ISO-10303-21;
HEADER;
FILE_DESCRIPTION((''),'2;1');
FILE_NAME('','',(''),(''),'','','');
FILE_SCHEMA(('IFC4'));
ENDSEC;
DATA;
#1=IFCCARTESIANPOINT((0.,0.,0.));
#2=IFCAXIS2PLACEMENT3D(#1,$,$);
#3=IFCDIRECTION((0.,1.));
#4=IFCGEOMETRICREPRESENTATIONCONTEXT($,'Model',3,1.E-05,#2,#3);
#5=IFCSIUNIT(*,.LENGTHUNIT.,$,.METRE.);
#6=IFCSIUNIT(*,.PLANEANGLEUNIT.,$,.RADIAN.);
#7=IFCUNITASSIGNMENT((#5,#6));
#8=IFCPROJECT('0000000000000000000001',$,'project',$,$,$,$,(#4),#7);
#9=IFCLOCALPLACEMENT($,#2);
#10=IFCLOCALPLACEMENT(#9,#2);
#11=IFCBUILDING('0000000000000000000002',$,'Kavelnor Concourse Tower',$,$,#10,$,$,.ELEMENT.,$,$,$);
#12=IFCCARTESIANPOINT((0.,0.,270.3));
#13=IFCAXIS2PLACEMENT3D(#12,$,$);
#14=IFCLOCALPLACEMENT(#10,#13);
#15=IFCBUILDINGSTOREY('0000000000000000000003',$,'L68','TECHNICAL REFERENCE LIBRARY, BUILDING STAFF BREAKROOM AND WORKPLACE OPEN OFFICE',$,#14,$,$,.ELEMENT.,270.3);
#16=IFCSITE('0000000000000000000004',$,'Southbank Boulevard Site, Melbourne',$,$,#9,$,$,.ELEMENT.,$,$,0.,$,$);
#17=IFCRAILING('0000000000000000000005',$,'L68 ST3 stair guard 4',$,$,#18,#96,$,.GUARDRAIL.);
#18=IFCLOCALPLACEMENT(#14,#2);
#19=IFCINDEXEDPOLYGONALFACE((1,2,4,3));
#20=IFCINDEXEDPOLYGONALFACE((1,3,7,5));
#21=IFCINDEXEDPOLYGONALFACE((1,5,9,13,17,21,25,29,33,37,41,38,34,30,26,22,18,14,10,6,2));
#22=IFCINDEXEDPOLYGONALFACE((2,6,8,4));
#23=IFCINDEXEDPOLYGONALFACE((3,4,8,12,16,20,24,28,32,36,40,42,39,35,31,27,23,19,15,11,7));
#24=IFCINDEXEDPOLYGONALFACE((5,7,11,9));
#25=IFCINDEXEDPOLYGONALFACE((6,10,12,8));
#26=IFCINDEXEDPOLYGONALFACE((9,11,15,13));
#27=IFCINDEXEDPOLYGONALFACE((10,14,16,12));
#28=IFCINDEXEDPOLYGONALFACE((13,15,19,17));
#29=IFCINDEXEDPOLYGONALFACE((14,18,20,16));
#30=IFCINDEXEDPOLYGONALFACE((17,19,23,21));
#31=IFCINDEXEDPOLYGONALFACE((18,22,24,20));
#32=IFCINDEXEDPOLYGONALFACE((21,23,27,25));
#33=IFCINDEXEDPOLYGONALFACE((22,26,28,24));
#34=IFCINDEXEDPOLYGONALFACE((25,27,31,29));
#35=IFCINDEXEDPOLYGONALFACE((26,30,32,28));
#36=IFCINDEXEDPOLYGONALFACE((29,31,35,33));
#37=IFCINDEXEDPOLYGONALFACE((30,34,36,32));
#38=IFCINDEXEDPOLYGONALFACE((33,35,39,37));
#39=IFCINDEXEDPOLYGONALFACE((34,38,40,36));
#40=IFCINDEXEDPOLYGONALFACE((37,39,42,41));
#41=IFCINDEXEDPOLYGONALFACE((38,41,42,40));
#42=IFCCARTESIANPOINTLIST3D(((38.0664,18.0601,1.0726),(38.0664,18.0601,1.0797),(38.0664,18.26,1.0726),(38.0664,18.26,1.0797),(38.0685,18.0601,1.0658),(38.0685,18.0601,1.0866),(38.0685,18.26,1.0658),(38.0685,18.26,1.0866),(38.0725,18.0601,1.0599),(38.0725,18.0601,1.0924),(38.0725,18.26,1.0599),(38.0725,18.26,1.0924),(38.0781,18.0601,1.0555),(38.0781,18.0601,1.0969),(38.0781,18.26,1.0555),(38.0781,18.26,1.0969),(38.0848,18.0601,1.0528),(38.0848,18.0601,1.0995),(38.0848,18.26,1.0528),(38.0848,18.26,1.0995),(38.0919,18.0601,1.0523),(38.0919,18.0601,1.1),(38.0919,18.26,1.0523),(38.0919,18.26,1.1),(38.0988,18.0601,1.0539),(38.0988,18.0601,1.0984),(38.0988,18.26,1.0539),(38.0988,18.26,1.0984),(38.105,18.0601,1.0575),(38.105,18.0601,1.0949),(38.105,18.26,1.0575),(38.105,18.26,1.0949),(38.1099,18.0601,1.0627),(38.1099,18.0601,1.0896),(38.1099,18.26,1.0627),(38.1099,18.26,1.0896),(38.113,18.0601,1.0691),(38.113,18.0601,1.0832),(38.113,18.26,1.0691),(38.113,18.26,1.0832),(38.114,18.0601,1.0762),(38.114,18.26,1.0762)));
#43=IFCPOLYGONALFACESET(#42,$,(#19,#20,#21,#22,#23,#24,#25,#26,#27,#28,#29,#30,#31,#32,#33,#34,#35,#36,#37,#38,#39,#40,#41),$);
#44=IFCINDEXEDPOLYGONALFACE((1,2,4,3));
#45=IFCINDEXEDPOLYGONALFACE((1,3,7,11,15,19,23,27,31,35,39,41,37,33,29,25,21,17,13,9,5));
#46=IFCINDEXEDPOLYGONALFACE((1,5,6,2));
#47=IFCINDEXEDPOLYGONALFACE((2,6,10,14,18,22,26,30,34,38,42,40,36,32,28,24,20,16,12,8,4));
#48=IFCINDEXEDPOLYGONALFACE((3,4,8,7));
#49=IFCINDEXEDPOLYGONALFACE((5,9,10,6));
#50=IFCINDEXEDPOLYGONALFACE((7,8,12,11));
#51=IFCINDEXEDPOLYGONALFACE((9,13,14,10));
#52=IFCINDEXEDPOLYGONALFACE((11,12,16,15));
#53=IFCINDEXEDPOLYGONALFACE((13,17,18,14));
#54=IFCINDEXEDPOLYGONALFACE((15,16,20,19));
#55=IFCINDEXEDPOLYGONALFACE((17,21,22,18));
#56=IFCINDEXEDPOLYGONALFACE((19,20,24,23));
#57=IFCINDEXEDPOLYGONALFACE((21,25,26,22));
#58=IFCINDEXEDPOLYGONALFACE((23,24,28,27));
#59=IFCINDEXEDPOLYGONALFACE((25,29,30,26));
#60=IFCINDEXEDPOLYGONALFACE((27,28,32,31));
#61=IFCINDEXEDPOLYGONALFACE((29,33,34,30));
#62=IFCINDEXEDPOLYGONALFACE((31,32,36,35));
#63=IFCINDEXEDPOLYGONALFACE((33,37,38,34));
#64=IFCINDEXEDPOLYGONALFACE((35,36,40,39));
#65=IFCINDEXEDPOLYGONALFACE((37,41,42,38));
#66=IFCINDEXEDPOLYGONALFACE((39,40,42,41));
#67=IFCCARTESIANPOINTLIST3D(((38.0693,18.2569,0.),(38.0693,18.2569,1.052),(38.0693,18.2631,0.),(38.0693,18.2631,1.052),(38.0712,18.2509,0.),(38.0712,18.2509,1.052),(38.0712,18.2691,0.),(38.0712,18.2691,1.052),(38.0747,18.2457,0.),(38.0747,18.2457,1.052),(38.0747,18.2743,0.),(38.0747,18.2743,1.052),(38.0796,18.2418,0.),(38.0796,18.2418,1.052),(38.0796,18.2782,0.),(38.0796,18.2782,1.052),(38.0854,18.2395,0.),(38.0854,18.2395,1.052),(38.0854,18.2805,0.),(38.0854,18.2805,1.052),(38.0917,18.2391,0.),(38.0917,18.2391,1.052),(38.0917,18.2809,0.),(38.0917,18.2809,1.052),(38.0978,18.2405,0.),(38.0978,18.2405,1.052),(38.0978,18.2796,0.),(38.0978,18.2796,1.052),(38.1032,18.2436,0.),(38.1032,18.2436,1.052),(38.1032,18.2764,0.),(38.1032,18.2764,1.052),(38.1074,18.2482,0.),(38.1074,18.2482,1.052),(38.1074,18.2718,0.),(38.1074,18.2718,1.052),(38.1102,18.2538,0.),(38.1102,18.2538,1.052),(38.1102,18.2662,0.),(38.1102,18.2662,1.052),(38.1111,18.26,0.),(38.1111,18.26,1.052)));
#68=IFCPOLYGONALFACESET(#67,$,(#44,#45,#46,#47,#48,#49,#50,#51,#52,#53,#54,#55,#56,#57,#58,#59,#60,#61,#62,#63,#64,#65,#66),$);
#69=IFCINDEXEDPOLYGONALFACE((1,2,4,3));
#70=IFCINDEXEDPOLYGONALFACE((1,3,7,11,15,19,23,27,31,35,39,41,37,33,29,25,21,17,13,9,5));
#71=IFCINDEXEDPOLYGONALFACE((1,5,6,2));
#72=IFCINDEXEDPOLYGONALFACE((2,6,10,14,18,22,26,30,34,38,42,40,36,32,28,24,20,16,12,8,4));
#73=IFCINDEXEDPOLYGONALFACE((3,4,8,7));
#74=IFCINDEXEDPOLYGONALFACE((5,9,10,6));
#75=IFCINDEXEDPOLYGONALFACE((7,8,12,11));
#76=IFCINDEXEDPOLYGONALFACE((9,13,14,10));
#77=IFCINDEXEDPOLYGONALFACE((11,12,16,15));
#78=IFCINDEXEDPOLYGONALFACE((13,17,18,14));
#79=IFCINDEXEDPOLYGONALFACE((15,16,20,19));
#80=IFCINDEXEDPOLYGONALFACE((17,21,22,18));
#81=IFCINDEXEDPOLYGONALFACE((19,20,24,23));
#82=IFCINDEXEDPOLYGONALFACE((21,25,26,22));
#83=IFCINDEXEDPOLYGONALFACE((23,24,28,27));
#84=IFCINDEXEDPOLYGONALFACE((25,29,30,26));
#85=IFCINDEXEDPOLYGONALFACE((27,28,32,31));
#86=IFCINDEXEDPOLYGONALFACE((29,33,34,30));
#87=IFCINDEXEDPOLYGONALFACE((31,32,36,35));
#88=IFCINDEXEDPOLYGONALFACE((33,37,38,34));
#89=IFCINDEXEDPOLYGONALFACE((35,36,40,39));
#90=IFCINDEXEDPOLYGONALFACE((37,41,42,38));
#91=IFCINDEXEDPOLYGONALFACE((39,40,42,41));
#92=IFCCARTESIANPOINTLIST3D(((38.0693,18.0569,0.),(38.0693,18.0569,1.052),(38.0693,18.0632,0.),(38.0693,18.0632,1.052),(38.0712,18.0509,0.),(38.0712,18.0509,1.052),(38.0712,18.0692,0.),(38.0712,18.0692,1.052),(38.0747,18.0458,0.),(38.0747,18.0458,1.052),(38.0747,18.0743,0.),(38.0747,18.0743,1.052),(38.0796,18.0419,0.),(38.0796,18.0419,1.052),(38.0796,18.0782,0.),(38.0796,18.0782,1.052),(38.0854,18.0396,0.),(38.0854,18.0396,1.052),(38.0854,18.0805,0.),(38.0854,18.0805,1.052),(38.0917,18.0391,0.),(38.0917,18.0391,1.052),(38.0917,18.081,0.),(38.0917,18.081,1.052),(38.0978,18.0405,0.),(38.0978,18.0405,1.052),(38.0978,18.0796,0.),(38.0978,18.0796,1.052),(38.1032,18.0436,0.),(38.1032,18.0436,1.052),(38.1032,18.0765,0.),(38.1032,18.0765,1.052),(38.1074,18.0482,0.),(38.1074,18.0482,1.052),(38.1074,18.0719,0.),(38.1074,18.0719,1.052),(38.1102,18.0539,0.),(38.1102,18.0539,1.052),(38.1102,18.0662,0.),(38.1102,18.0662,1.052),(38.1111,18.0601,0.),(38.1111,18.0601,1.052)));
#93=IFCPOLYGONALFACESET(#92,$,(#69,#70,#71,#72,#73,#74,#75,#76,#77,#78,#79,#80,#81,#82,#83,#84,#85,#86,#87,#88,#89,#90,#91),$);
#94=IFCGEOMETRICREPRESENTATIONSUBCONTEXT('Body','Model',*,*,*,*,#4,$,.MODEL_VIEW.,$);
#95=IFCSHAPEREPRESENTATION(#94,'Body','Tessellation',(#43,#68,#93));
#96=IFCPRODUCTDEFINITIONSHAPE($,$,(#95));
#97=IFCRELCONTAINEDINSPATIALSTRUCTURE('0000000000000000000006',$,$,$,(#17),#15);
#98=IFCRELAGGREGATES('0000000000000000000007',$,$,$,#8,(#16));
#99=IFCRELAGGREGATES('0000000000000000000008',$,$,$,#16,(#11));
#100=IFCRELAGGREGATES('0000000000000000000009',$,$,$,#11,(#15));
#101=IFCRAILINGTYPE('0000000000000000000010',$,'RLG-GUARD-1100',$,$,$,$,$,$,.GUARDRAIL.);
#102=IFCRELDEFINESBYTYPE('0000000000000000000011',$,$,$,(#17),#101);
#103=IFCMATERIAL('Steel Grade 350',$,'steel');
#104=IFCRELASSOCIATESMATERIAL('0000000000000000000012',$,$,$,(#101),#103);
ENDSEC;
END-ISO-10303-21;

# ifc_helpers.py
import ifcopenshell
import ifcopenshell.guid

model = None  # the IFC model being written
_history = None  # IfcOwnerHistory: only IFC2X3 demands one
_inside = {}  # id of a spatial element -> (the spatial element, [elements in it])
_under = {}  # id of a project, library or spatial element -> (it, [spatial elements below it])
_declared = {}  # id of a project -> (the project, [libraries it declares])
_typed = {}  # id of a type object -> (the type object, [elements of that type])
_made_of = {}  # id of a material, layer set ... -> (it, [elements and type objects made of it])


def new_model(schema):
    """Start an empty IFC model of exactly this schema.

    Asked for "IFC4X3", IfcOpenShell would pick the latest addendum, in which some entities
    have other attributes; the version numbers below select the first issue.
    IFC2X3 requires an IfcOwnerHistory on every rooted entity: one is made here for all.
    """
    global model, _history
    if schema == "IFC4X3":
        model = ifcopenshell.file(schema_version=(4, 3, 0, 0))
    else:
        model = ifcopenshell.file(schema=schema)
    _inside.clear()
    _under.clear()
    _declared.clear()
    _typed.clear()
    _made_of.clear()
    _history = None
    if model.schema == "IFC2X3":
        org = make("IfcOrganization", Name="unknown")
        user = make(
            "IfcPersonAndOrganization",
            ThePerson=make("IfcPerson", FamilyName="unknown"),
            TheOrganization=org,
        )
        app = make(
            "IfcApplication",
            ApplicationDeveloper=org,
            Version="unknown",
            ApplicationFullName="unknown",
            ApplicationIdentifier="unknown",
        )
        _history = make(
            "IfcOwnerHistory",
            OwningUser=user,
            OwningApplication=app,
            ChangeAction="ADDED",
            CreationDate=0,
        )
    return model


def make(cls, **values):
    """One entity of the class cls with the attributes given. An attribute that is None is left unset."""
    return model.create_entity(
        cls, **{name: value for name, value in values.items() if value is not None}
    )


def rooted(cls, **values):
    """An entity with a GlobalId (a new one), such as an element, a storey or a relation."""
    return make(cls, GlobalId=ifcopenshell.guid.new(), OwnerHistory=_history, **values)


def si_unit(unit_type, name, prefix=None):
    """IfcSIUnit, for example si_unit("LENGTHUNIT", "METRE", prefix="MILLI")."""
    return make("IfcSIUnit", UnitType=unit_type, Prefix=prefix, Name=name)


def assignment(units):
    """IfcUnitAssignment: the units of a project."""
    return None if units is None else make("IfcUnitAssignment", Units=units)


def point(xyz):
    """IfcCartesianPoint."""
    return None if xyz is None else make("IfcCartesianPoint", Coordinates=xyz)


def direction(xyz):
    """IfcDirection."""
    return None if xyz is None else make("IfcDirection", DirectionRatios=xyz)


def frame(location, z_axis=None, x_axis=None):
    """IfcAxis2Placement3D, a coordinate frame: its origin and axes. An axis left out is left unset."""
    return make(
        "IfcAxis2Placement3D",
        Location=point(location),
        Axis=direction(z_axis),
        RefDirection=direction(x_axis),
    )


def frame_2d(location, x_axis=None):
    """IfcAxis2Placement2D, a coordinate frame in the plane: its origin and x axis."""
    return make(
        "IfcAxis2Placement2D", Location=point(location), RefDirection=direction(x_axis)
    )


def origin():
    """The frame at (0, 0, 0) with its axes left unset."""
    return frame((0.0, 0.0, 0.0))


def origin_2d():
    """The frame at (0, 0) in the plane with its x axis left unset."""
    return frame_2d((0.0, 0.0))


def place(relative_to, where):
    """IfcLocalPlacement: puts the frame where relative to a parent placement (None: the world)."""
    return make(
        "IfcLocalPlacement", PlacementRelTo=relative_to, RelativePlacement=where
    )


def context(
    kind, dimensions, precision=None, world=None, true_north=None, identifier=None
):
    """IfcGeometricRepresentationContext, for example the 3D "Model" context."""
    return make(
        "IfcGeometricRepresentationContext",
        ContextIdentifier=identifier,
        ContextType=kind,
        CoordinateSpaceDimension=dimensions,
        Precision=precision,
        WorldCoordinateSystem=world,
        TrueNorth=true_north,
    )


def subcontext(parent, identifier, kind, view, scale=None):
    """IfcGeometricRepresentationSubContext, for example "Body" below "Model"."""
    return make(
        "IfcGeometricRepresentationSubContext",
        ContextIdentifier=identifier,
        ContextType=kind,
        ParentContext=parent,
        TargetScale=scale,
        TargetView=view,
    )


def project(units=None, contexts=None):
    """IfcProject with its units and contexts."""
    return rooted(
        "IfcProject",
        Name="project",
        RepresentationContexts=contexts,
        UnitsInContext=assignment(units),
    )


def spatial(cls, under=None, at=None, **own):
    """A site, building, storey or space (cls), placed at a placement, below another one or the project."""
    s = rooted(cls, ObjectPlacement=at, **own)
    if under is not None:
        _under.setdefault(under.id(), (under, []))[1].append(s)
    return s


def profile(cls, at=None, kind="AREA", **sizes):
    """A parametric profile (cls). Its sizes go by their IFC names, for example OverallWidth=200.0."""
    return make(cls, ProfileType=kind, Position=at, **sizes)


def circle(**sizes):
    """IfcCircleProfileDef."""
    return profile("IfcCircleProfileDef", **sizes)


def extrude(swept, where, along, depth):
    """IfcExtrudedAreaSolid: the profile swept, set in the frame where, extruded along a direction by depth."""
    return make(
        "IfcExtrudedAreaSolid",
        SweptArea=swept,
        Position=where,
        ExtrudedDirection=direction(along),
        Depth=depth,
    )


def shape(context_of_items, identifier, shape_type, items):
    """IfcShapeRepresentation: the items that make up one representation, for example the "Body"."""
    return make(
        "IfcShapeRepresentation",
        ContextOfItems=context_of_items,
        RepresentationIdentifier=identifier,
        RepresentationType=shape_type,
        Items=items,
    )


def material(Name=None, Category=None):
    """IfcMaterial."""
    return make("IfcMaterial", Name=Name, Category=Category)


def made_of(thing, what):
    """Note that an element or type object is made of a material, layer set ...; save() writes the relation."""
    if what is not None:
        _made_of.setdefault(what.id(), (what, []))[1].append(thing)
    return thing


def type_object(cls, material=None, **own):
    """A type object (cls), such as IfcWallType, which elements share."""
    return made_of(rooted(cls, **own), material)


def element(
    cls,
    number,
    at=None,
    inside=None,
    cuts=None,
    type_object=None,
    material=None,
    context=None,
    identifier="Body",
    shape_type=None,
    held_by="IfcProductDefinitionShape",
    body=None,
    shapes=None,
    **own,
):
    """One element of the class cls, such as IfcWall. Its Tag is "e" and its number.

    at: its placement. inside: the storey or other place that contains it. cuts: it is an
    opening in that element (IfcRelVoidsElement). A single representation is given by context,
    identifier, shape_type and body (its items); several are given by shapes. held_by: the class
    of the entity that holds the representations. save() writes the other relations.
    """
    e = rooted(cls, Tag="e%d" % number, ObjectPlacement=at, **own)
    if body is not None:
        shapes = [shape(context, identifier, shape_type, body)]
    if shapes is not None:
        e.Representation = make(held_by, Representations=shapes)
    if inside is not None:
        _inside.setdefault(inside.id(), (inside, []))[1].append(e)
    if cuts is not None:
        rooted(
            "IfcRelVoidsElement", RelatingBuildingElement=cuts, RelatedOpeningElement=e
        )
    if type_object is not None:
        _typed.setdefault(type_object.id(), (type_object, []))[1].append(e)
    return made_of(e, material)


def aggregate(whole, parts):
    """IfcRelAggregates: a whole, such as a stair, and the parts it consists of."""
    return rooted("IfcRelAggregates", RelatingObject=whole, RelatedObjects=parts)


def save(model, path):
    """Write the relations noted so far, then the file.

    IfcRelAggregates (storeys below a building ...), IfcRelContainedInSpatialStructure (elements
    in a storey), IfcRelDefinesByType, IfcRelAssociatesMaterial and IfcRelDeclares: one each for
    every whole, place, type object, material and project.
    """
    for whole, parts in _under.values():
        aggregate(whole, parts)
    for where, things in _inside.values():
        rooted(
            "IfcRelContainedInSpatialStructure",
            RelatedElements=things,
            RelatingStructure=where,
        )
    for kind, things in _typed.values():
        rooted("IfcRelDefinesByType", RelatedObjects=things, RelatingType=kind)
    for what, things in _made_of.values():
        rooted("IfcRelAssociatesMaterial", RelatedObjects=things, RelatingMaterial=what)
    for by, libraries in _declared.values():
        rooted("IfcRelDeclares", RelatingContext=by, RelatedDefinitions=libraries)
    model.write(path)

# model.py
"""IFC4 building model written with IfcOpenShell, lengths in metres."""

from ifc_helpers import new_model, si_unit, direction, frame, origin, origin_2d, place, context, subcontext, project, spatial, circle, extrude, material, type_object, element, save


model = new_model("IFC4")

# Units and contexts
model_context = context("Model", 3, precision=1e-05, world=origin(), true_north=direction((0.0, 1.0)))
body_context = subcontext(model_context, "Body", "Model", "MODEL_VIEW")
ifc_project = project(units=[si_unit("LENGTHUNIT", "METRE"), si_unit("PLANEANGLEUNIT", "RADIAN")], contexts=[model_context])

# Site, building, storey
site_placement = place(None, origin())
site = spatial("IfcSite", under=ifc_project, at=site_placement, Name="Southbank Boulevard Site, Melbourne", CompositionType="ELEMENT", RefElevation=0.0)
building_placement = place(site_placement, origin())
building = spatial("IfcBuilding", under=site, at=building_placement, Name="Kavelnor Concourse Tower", CompositionType="ELEMENT")
storey_placement = place(building_placement, frame((0.0, 0.0, 270.3)))
storey = spatial("IfcBuildingStorey", under=building, at=storey_placement, Name="L68", Description="TECHNICAL REFERENCE LIBRARY, BUILDING STAFF BREAKROOM AND WORKPLACE OPEN OFFICE", CompositionType="ELEMENT", Elevation=270.3)

# Shared definitions
ifc_material_1 = material(Name="Steel Grade 350", Category="steel")

# Railing
railing_type_1 = type_object("IfcRailingType", Name="RLG-GUARD-1100", PredefinedType="GUARDRAIL", material=ifc_material_1)
railing_1_placement = place(storey_placement, frame((38.0901, 18.26, 0.0)))
element("IfcRailing", 1, at=railing_1_placement, inside=storey, type_object=railing_type_1, Name="L68 ST3 stair guard 4", PredefinedType="GUARDRAIL", context=body_context, shape_type="SweptSolid", body=[
    extrude(circle(Radius=0.0239, at=origin_2d()), frame((0.0, 0.0, 1.0762), z_axis=(0.0, -1.0, 0.0), x_axis=(1.0, 0.0, 0.0)), (0.0, 0.0, 1.0), 0.2),
    extrude(circle(Radius=0.021, at=origin_2d()), origin(), (0.0, 0.0, 1.0), 1.052),
    extrude(circle(Radius=0.021, at=origin_2d()), frame((0.0, -0.2, 0.0)), (0.0, 0.0, 1.0), 1.052),
])

save(model, "model.ifc")
